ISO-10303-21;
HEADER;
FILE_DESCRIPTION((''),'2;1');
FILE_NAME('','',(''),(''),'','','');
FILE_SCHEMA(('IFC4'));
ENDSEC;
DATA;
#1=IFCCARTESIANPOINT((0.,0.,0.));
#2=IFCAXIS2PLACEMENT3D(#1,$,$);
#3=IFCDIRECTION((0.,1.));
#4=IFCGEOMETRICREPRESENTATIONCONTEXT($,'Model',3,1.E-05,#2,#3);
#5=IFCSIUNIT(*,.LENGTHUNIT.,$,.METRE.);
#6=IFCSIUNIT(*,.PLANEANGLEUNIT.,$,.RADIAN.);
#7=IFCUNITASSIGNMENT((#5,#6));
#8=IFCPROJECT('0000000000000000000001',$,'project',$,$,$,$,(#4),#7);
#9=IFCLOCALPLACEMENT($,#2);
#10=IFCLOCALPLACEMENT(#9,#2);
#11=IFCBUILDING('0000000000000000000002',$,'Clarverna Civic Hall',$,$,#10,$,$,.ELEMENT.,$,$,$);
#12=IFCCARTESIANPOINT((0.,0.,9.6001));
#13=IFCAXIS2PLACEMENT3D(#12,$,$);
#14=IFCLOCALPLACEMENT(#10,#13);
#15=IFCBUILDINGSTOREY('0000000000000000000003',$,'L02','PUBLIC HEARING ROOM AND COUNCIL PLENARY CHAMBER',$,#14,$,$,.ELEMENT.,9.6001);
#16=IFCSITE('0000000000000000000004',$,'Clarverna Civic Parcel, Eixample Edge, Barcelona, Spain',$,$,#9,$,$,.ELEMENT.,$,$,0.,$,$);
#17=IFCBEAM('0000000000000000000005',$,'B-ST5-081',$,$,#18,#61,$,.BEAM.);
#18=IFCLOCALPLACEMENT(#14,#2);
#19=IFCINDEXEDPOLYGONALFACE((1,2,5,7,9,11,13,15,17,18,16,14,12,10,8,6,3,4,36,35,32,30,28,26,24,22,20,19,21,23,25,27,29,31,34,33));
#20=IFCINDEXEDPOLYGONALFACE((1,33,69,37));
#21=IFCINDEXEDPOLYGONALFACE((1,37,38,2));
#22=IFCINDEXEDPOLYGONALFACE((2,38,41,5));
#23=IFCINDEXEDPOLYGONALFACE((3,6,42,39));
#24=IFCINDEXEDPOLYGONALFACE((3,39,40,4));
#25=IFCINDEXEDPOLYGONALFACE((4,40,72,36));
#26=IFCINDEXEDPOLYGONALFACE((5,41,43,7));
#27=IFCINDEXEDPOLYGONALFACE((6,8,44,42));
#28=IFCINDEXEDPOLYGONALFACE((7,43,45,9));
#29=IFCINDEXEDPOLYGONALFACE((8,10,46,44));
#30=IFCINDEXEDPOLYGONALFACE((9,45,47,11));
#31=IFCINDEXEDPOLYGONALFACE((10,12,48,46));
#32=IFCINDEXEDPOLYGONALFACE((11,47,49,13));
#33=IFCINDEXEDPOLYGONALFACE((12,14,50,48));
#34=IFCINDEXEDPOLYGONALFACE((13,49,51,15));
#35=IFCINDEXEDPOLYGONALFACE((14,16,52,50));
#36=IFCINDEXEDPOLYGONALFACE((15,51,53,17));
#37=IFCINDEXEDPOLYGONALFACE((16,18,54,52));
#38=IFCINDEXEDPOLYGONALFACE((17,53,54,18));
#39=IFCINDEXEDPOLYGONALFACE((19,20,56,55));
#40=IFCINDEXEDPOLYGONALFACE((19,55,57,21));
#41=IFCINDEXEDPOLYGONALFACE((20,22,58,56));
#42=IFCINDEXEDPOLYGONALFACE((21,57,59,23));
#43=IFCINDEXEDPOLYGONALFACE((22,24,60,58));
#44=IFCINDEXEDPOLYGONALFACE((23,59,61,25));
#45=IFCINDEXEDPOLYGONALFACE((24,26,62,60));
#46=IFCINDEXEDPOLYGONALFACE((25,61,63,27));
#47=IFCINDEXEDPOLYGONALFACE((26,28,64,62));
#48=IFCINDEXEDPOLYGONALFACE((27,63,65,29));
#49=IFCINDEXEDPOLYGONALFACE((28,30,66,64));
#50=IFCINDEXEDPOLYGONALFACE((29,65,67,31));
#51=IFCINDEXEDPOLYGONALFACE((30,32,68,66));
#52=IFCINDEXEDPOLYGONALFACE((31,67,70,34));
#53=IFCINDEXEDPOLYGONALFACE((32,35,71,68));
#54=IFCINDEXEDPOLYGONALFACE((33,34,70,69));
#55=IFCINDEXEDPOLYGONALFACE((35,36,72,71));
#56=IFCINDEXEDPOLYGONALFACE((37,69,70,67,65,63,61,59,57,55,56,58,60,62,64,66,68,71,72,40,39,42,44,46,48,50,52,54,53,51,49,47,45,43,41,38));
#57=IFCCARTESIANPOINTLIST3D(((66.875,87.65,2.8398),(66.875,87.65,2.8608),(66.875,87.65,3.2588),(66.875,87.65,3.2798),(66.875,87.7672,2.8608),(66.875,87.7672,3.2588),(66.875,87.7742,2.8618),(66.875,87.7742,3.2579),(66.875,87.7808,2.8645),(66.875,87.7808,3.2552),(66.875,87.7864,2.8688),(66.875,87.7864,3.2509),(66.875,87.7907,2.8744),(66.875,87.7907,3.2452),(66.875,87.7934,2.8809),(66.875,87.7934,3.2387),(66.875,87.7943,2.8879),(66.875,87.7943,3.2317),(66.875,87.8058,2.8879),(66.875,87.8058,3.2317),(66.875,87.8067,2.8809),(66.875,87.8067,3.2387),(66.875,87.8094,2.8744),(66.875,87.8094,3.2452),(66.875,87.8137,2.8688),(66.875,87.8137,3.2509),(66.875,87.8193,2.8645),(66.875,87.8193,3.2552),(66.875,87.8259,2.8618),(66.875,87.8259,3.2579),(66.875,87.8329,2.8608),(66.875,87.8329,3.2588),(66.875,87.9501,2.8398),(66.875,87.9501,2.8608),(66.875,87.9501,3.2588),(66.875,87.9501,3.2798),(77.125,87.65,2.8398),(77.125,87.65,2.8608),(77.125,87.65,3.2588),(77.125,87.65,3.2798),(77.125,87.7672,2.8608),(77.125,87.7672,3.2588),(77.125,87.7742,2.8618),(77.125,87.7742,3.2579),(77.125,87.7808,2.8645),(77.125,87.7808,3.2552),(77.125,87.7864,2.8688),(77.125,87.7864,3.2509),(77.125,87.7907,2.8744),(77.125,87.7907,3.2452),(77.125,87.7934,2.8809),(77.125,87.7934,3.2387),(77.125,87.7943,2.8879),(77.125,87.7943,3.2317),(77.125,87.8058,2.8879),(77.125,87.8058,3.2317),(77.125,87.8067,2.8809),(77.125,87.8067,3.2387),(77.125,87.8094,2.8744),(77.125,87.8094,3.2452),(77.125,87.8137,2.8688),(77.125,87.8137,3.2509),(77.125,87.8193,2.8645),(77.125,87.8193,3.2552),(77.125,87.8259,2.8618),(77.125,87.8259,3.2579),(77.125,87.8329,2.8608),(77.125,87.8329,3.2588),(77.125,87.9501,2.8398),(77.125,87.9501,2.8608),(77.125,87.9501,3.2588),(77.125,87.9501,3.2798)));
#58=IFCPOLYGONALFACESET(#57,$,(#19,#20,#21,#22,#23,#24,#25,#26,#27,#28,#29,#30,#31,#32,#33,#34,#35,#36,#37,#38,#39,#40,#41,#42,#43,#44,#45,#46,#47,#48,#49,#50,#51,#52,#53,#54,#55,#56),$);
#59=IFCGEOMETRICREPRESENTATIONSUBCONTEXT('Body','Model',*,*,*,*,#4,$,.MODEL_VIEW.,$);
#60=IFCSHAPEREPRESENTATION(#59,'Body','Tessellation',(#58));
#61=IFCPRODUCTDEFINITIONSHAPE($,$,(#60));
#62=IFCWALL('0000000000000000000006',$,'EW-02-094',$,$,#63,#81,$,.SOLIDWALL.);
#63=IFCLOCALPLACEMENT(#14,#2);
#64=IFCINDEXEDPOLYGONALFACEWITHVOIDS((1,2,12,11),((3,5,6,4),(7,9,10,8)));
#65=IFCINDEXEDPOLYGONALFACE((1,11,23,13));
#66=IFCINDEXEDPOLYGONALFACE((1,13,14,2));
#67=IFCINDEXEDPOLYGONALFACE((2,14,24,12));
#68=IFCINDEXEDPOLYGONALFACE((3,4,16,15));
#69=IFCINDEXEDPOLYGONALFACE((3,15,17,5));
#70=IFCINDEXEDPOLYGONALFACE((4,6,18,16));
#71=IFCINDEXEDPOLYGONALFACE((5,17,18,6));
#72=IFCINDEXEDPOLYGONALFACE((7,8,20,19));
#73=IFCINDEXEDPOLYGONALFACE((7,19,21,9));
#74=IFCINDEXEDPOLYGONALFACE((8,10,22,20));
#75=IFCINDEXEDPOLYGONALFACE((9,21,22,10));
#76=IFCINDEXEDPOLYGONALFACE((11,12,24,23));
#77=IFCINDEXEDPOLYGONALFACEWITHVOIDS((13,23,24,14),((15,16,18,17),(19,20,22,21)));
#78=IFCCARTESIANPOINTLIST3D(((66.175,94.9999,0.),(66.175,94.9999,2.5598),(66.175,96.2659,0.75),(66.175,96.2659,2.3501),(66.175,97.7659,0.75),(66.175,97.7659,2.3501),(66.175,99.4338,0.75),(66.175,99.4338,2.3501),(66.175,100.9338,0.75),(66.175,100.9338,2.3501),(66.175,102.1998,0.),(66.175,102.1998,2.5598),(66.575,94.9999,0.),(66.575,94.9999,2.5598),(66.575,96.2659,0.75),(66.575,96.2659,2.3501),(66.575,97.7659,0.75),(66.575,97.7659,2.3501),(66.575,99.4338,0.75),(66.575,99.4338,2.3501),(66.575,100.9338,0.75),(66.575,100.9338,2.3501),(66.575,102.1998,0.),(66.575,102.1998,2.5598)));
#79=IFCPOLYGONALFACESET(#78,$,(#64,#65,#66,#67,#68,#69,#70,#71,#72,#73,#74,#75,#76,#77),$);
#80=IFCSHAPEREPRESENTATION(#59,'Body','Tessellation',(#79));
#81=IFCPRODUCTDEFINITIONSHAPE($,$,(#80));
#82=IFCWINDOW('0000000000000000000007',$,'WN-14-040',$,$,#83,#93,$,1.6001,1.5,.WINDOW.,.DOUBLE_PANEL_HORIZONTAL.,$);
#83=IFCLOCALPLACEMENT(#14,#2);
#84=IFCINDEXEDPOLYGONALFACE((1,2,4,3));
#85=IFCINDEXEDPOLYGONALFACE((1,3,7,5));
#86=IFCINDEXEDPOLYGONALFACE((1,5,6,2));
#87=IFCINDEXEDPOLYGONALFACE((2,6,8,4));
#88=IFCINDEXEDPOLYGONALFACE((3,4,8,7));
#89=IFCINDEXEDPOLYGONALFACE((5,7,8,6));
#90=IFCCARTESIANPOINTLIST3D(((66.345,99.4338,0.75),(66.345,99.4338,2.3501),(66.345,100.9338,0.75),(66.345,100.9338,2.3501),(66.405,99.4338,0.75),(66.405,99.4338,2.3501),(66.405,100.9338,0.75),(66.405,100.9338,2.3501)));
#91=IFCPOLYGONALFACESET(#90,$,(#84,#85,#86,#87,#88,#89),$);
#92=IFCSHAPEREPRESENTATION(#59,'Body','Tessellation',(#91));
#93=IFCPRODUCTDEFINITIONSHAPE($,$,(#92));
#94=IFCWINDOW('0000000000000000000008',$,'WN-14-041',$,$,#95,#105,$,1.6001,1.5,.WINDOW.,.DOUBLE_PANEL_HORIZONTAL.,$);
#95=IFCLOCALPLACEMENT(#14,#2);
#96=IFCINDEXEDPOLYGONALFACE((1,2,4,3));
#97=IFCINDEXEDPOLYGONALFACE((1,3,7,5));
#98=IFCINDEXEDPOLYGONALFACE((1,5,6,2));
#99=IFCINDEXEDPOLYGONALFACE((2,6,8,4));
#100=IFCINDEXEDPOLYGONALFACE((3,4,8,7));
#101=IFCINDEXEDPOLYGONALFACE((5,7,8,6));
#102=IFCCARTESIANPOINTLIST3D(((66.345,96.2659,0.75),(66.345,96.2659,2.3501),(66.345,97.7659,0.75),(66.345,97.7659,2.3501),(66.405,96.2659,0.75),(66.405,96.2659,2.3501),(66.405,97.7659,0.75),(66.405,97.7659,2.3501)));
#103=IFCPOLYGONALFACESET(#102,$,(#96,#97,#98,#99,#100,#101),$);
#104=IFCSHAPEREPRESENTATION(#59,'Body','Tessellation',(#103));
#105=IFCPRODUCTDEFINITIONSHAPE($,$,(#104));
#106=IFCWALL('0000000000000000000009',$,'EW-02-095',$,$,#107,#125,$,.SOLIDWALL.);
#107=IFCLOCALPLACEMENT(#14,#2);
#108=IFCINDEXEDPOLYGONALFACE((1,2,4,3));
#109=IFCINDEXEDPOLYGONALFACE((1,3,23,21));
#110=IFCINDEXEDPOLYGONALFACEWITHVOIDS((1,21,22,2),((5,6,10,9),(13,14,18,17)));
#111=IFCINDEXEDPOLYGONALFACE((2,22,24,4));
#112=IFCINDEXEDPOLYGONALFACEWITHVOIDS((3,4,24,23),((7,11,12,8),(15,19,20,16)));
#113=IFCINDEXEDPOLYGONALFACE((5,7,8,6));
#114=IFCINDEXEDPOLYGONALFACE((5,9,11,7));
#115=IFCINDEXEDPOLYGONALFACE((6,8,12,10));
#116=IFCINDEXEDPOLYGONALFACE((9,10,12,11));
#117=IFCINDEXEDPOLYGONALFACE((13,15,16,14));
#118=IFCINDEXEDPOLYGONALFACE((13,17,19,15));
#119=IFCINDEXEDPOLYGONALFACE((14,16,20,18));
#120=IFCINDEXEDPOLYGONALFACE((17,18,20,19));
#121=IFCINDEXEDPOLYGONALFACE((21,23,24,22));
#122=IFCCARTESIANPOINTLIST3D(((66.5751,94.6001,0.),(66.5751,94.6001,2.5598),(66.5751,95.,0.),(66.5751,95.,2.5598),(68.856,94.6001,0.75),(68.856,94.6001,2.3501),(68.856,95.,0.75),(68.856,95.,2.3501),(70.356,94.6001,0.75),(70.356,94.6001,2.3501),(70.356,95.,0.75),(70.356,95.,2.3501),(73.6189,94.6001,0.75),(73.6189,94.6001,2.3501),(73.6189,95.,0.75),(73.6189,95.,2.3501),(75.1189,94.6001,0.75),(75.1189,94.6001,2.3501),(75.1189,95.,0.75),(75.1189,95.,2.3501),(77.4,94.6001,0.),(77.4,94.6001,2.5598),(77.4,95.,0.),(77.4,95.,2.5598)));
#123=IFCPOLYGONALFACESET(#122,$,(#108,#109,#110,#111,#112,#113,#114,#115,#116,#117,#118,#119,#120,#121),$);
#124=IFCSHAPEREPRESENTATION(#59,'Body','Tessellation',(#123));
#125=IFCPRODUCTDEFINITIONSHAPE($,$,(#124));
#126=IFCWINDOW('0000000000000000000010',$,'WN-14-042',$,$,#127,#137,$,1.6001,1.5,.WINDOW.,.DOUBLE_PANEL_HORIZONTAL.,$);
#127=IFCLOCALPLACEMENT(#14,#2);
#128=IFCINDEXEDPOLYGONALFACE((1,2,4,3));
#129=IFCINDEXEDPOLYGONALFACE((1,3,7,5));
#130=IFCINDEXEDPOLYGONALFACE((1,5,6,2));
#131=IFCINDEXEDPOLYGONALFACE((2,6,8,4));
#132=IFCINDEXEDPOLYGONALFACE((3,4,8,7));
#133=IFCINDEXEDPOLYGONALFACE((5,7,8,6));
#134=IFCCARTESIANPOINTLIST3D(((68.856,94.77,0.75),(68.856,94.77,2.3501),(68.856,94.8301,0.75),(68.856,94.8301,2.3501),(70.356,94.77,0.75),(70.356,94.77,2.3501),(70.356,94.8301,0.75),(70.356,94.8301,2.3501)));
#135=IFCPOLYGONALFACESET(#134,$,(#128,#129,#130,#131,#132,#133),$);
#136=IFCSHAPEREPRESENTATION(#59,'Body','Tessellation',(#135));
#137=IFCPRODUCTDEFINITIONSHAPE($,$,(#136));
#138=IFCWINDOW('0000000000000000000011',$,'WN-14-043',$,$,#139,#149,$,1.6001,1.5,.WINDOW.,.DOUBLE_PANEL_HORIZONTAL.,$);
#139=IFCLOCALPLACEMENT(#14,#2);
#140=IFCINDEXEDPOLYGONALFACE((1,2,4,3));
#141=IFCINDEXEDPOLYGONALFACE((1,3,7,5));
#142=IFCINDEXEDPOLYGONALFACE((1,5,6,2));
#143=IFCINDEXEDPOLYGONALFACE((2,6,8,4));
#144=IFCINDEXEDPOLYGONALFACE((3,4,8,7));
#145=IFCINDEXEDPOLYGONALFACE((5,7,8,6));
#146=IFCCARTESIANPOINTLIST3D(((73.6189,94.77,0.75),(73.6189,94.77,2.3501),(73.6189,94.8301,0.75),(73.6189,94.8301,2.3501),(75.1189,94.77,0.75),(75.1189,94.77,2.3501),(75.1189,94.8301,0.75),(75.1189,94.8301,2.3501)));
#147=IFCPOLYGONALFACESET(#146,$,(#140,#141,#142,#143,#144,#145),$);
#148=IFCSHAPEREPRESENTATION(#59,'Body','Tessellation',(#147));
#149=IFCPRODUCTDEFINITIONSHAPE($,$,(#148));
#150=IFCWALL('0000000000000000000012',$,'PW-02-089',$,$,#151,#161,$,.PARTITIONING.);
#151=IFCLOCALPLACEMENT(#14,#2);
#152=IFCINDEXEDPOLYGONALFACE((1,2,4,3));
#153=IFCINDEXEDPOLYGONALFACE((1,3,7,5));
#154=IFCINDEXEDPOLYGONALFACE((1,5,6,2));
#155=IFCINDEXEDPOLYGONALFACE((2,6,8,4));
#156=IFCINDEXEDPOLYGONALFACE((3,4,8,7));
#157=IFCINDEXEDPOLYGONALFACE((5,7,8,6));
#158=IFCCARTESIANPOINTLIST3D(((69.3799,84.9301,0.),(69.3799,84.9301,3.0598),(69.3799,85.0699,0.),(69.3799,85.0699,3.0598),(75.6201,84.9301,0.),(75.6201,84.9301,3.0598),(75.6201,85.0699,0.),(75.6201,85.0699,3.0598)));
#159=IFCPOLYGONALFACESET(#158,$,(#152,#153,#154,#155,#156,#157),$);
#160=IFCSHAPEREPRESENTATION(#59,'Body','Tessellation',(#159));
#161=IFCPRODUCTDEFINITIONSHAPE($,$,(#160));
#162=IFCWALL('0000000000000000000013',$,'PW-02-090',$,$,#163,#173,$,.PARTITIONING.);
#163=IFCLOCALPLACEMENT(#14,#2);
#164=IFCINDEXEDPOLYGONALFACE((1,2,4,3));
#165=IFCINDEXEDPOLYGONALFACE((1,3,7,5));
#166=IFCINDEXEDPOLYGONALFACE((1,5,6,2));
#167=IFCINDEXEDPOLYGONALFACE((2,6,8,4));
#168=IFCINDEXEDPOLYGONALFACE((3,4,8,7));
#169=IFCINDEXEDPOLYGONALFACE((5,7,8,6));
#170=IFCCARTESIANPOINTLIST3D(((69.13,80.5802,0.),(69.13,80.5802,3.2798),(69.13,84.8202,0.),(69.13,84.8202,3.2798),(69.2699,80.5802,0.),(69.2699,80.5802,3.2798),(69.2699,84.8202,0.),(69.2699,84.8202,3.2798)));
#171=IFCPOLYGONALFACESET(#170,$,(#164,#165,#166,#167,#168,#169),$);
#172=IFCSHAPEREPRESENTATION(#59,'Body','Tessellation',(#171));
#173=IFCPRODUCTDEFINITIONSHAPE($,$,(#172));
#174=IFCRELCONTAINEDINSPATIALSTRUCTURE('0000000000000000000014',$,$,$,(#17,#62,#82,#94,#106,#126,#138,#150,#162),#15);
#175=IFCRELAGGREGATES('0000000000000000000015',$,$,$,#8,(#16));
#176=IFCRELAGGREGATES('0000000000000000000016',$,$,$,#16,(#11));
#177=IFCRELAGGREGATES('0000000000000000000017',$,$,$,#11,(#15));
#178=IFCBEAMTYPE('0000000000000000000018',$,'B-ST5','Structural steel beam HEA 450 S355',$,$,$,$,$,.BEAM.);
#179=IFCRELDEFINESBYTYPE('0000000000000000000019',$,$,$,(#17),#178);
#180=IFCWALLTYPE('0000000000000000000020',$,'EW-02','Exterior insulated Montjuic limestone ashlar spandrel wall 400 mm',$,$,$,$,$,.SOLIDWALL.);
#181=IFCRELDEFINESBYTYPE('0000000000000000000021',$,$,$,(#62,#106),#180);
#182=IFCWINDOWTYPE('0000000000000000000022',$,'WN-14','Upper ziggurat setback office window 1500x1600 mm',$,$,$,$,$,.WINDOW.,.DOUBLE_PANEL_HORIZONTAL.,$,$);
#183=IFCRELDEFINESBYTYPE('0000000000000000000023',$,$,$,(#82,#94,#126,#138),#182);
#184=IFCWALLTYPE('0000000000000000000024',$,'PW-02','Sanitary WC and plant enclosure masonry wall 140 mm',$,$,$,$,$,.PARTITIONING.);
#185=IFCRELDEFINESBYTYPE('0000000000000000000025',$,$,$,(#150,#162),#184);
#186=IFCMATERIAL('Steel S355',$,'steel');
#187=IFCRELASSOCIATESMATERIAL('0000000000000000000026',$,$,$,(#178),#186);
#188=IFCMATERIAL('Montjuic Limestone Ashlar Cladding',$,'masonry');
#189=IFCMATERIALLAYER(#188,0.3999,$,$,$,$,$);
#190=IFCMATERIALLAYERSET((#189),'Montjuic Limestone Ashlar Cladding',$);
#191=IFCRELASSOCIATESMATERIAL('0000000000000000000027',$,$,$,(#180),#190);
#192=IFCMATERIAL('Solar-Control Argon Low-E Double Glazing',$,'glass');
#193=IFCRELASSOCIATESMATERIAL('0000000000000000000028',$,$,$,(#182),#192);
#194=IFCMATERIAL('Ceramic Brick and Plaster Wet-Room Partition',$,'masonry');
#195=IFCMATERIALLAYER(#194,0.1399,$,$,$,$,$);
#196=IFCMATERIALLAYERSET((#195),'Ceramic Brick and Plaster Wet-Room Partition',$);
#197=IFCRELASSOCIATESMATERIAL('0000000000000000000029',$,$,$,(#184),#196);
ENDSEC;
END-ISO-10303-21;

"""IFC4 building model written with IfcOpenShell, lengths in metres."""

from ifc_helpers import new_model, si_unit, direction, frame, frame_2d, origin, origin_2d, place, context, subcontext, project, spatial, rectangle, i_section, extrude, material, layer, layer_set, material_profile, profile_set, type_object, element, fill, save


model = new_model("IFC4")

# Units and contexts
model_context = context("Model", 3, precision=1e-05, world=origin(), true_north=direction((0.0, 1.0)))
body_context = subcontext(model_context, "Body", "Model", "MODEL_VIEW")
ifc_project = project(units=[si_unit("LENGTHUNIT", "METRE"), si_unit("PLANEANGLEUNIT", "RADIAN")], contexts=[model_context])

# Site, building, storey
site_placement = place(None, origin())
site = spatial("IfcSite", under=ifc_project, at=site_placement, Name="Clarverna Civic Parcel, Eixample Edge, Barcelona, Spain", CompositionType="ELEMENT", RefElevation=0.0)
building_placement = place(site_placement, origin())
building = spatial("IfcBuilding", under=site, at=building_placement, Name="Clarverna Civic Hall", CompositionType="ELEMENT")
storey_placement = place(building_placement, frame((0.0, 0.0, 9.6001)))
storey = spatial("IfcBuildingStorey", under=building, at=storey_placement, Name="L02", Description="PUBLIC HEARING ROOM AND COUNCIL PLENARY CHAMBER", CompositionType="ELEMENT", Elevation=9.6001)

# Beam
ifc_material_1 = material(Name="Steel S355", Category="steel")
ifc_material_profile_1 = material_profile(ifc_material_1, i_section(OverallWidth=0.3, OverallDepth=0.4399, WebThickness=0.0115, FlangeThickness=0.021, FilletRadius=0.0271, at=origin_2d()), Name="HEA 450")
ifc_profile_set_1 = profile_set([ifc_material_profile_1], Name="Steel S355")
beam_type_1 = type_object("IfcBeamType", Name="B-ST5", Description="Structural steel beam HEA 450 S355", PredefinedType="BEAM", material=ifc_profile_set_1)
beam_1_placement = place(storey_placement, frame((66.875, 87.8, 3.0598), z_axis=(1.0, 0.0, 0.0), x_axis=(0.0, 1.0, 0.0)))
element("IfcBeam", 1, at=beam_1_placement, inside=storey, type_object=beam_type_1, Name="B-ST5-081", PredefinedType="BEAM", context=body_context, shape_type="SweptSolid", body=[
    extrude(i_section(OverallWidth=0.3, OverallDepth=0.4399, WebThickness=0.0115, FlangeThickness=0.021, FilletRadius=0.0271, at=origin_2d()), origin(), (0.0, 0.0, 1.0), 10.25),
])

# Walls, openings, windows
ifc_material_2 = material(Name="Montjuic Limestone Ashlar Cladding", Category="masonry")
ifc_layer_1 = layer(ifc_material_2, 0.3999)
ifc_layer_set_1 = layer_set([ifc_layer_1], Name="Montjuic Limestone Ashlar Cladding")
wall_type_1 = type_object("IfcWallType", Name="EW-02", Description="Exterior insulated Montjuic limestone ashlar spandrel wall 400 mm", PredefinedType="SOLIDWALL", material=ifc_layer_set_1)
wall_1_placement = place(storey_placement, frame((66.375, 102.2, 0.0), z_axis=(0.0, 0.0, 1.0), x_axis=(0.0, -1.0, 0.0)))
wall_1 = element("IfcWall", 2, at=wall_1_placement, inside=storey, type_object=wall_type_1, Name="EW-02-094", PredefinedType="SOLIDWALL", context=body_context, shape_type="SweptSolid", body=[
    extrude(rectangle(XDim=7.2, YDim=0.3999, at=frame_2d((3.6001, 0.0))), origin(), (0.0, 0.0, 1.0), 2.5598),
])
opening_1_placement = place(wall_1_placement, frame((1.2661, 0.0, 0.75)))
opening_1 = element("IfcOpeningElement", 3, at=opening_1_placement, cuts=wall_1, PredefinedType="OPENING", context=body_context, shape_type="SweptSolid", body=[
    extrude(rectangle(XDim=1.5, YDim=1.6001, at=frame_2d((0.75, 0.8))), frame((0.0, 0.21, 0.0), z_axis=(0.0, -1.0, 0.0), x_axis=(1.0, 0.0, 0.0)), (0.0, 0.0, 1.0), 0.4199),
])
opening_2_placement = place(wall_1_placement, frame((4.4341, 0.0, 0.75)))
opening_2 = element("IfcOpeningElement", 4, at=opening_2_placement, cuts=wall_1, PredefinedType="OPENING", context=body_context, shape_type="SweptSolid", body=[
    extrude(rectangle(XDim=1.5, YDim=1.6001, at=frame_2d((0.75, 0.8))), frame((0.0, 0.21, 0.0), z_axis=(0.0, -1.0, 0.0), x_axis=(1.0, 0.0, 0.0)), (0.0, 0.0, 1.0), 0.4199),
])
ifc_material_3 = material(Name="Solar-Control Argon Low-E Double Glazing", Category="glass")
window_type = type_object("IfcWindowType", Name="WN-14", Description="Upper ziggurat setback office window 1500x1600 mm", PartitioningType="DOUBLE_PANEL_HORIZONTAL", PredefinedType="WINDOW", material=ifc_material_3)
window_1_placement = place(opening_1_placement, origin())
window_1 = element("IfcWindow", 5, at=window_1_placement, inside=storey, type_object=window_type, Name="WN-14-040", OverallHeight=1.6001, OverallWidth=1.5, PartitioningType="DOUBLE_PANEL_HORIZONTAL", PredefinedType="WINDOW", context=body_context, shape_type="SweptSolid", body=[
    extrude(rectangle(XDim=1.5, YDim=1.6001, at=frame_2d((0.75, 0.8))), frame((0.0, 0.03, 0.0), z_axis=(0.0, -1.0, 0.0), x_axis=(1.0, 0.0, 0.0)), (0.0, 0.0, 1.0), 0.0601),
])
fill(opening_1, window_1)
window_2_placement = place(opening_2_placement, origin())
window_2 = element("IfcWindow", 6, at=window_2_placement, inside=storey, type_object=window_type, Name="WN-14-041", OverallHeight=1.6001, OverallWidth=1.5, PartitioningType="DOUBLE_PANEL_HORIZONTAL", PredefinedType="WINDOW", context=body_context, shape_type="SweptSolid", body=[
    extrude(rectangle(XDim=1.5, YDim=1.6001, at=frame_2d((0.75, 0.8))), frame((0.0, 0.03, 0.0), z_axis=(0.0, -1.0, 0.0), x_axis=(1.0, 0.0, 0.0)), (0.0, 0.0, 1.0), 0.0601),
])
fill(opening_2, window_2)
wall_2_placement = place(storey_placement, frame((66.575, 94.8, 0.0), z_axis=(0.0, 0.0, 1.0), x_axis=(1.0, 0.0, 0.0)))
wall_2 = element("IfcWall", 7, at=wall_2_placement, inside=storey, type_object=wall_type_1, Name="EW-02-095", PredefinedType="SOLIDWALL", context=body_context, shape_type="SweptSolid", body=[
    extrude(rectangle(XDim=10.825, YDim=0.3999, at=frame_2d((5.4126, 0.0))), origin(), (0.0, 0.0, 1.0), 2.5598),
])
opening_3_placement = place(wall_2_placement, frame((2.281, 0.0, 0.75)))
opening_3 = element("IfcOpeningElement", 8, at=opening_3_placement, cuts=wall_2, PredefinedType="OPENING", context=body_context, shape_type="SweptSolid", body=[
    extrude(rectangle(XDim=1.5, YDim=1.6001, at=frame_2d((0.75, 0.8))), frame((0.0, 0.21, 0.0), z_axis=(0.0, -1.0, 0.0), x_axis=(1.0, 0.0, 0.0)), (0.0, 0.0, 1.0), 0.4199),
])
opening_4_placement = place(wall_2_placement, frame((7.0439, 0.0, 0.75)))
opening_4 = element("IfcOpeningElement", 9, at=opening_4_placement, cuts=wall_2, PredefinedType="OPENING", context=body_context, shape_type="SweptSolid", body=[
    extrude(rectangle(XDim=1.5, YDim=1.6001, at=frame_2d((0.75, 0.8))), frame((0.0, 0.21, 0.0), z_axis=(0.0, -1.0, 0.0), x_axis=(1.0, 0.0, 0.0)), (0.0, 0.0, 1.0), 0.4199),
])
window_3_placement = place(opening_3_placement, origin())
window_3 = element("IfcWindow", 10, at=window_3_placement, inside=storey, type_object=window_type, Name="WN-14-042", OverallHeight=1.6001, OverallWidth=1.5, PartitioningType="DOUBLE_PANEL_HORIZONTAL", PredefinedType="WINDOW", context=body_context, shape_type="SweptSolid", body=[
    extrude(rectangle(XDim=1.5, YDim=1.6001, at=frame_2d((0.75, 0.8))), frame((0.0, 0.03, 0.0), z_axis=(0.0, -1.0, 0.0), x_axis=(1.0, 0.0, 0.0)), (0.0, 0.0, 1.0), 0.0601),
])
fill(opening_3, window_3)
window_4_placement = place(opening_4_placement, origin())
window_4 = element("IfcWindow", 11, at=window_4_placement, inside=storey, type_object=window_type, Name="WN-14-043", OverallHeight=1.6001, OverallWidth=1.5, PartitioningType="DOUBLE_PANEL_HORIZONTAL", PredefinedType="WINDOW", context=body_context, shape_type="SweptSolid", body=[
    extrude(rectangle(XDim=1.5, YDim=1.6001, at=frame_2d((0.75, 0.8))), frame((0.0, 0.03, 0.0), z_axis=(0.0, -1.0, 0.0), x_axis=(1.0, 0.0, 0.0)), (0.0, 0.0, 1.0), 0.0601),
])
fill(opening_4, window_4)

# Walls
ifc_material_4 = material(Name="Ceramic Brick and Plaster Wet-Room Partition", Category="masonry")
ifc_layer_2 = layer(ifc_material_4, 0.1399)
ifc_layer_set_2 = layer_set([ifc_layer_2], Name="Ceramic Brick and Plaster Wet-Room Partition")
wall_type_2 = type_object("IfcWallType", Name="PW-02", Description="Sanitary WC and plant enclosure masonry wall 140 mm", PredefinedType="PARTITIONING", material=ifc_layer_set_2)
wall_3_placement = place(storey_placement, frame((69.3799, 85.0, 0.0), z_axis=(0.0, 0.0, 1.0), x_axis=(1.0, 0.0, 0.0)))
element("IfcWall", 12, at=wall_3_placement, inside=storey, type_object=wall_type_2, Name="PW-02-089", PredefinedType="PARTITIONING", context=body_context, shape_type="SweptSolid", body=[
    extrude(rectangle(XDim=6.2402, YDim=0.1399, at=frame_2d((3.1201, 0.0))), origin(), (0.0, 0.0, 1.0), 3.0598),
])
wall_4_placement = place(storey_placement, frame((69.2, 80.5801, 0.0), z_axis=(0.0, 0.0, 1.0), x_axis=(0.0, 1.0, 0.0)))
element("IfcWall", 13, at=wall_4_placement, inside=storey, type_object=wall_type_2, Name="PW-02-090", PredefinedType="PARTITIONING", context=body_context, shape_type="SweptSolid", body=[
    extrude(rectangle(XDim=4.24, YDim=0.1399, at=frame_2d((2.1201, 0.0))), origin(), (0.0, 0.0, 1.0), 3.2798),
])

save(model, "model.ifc")
